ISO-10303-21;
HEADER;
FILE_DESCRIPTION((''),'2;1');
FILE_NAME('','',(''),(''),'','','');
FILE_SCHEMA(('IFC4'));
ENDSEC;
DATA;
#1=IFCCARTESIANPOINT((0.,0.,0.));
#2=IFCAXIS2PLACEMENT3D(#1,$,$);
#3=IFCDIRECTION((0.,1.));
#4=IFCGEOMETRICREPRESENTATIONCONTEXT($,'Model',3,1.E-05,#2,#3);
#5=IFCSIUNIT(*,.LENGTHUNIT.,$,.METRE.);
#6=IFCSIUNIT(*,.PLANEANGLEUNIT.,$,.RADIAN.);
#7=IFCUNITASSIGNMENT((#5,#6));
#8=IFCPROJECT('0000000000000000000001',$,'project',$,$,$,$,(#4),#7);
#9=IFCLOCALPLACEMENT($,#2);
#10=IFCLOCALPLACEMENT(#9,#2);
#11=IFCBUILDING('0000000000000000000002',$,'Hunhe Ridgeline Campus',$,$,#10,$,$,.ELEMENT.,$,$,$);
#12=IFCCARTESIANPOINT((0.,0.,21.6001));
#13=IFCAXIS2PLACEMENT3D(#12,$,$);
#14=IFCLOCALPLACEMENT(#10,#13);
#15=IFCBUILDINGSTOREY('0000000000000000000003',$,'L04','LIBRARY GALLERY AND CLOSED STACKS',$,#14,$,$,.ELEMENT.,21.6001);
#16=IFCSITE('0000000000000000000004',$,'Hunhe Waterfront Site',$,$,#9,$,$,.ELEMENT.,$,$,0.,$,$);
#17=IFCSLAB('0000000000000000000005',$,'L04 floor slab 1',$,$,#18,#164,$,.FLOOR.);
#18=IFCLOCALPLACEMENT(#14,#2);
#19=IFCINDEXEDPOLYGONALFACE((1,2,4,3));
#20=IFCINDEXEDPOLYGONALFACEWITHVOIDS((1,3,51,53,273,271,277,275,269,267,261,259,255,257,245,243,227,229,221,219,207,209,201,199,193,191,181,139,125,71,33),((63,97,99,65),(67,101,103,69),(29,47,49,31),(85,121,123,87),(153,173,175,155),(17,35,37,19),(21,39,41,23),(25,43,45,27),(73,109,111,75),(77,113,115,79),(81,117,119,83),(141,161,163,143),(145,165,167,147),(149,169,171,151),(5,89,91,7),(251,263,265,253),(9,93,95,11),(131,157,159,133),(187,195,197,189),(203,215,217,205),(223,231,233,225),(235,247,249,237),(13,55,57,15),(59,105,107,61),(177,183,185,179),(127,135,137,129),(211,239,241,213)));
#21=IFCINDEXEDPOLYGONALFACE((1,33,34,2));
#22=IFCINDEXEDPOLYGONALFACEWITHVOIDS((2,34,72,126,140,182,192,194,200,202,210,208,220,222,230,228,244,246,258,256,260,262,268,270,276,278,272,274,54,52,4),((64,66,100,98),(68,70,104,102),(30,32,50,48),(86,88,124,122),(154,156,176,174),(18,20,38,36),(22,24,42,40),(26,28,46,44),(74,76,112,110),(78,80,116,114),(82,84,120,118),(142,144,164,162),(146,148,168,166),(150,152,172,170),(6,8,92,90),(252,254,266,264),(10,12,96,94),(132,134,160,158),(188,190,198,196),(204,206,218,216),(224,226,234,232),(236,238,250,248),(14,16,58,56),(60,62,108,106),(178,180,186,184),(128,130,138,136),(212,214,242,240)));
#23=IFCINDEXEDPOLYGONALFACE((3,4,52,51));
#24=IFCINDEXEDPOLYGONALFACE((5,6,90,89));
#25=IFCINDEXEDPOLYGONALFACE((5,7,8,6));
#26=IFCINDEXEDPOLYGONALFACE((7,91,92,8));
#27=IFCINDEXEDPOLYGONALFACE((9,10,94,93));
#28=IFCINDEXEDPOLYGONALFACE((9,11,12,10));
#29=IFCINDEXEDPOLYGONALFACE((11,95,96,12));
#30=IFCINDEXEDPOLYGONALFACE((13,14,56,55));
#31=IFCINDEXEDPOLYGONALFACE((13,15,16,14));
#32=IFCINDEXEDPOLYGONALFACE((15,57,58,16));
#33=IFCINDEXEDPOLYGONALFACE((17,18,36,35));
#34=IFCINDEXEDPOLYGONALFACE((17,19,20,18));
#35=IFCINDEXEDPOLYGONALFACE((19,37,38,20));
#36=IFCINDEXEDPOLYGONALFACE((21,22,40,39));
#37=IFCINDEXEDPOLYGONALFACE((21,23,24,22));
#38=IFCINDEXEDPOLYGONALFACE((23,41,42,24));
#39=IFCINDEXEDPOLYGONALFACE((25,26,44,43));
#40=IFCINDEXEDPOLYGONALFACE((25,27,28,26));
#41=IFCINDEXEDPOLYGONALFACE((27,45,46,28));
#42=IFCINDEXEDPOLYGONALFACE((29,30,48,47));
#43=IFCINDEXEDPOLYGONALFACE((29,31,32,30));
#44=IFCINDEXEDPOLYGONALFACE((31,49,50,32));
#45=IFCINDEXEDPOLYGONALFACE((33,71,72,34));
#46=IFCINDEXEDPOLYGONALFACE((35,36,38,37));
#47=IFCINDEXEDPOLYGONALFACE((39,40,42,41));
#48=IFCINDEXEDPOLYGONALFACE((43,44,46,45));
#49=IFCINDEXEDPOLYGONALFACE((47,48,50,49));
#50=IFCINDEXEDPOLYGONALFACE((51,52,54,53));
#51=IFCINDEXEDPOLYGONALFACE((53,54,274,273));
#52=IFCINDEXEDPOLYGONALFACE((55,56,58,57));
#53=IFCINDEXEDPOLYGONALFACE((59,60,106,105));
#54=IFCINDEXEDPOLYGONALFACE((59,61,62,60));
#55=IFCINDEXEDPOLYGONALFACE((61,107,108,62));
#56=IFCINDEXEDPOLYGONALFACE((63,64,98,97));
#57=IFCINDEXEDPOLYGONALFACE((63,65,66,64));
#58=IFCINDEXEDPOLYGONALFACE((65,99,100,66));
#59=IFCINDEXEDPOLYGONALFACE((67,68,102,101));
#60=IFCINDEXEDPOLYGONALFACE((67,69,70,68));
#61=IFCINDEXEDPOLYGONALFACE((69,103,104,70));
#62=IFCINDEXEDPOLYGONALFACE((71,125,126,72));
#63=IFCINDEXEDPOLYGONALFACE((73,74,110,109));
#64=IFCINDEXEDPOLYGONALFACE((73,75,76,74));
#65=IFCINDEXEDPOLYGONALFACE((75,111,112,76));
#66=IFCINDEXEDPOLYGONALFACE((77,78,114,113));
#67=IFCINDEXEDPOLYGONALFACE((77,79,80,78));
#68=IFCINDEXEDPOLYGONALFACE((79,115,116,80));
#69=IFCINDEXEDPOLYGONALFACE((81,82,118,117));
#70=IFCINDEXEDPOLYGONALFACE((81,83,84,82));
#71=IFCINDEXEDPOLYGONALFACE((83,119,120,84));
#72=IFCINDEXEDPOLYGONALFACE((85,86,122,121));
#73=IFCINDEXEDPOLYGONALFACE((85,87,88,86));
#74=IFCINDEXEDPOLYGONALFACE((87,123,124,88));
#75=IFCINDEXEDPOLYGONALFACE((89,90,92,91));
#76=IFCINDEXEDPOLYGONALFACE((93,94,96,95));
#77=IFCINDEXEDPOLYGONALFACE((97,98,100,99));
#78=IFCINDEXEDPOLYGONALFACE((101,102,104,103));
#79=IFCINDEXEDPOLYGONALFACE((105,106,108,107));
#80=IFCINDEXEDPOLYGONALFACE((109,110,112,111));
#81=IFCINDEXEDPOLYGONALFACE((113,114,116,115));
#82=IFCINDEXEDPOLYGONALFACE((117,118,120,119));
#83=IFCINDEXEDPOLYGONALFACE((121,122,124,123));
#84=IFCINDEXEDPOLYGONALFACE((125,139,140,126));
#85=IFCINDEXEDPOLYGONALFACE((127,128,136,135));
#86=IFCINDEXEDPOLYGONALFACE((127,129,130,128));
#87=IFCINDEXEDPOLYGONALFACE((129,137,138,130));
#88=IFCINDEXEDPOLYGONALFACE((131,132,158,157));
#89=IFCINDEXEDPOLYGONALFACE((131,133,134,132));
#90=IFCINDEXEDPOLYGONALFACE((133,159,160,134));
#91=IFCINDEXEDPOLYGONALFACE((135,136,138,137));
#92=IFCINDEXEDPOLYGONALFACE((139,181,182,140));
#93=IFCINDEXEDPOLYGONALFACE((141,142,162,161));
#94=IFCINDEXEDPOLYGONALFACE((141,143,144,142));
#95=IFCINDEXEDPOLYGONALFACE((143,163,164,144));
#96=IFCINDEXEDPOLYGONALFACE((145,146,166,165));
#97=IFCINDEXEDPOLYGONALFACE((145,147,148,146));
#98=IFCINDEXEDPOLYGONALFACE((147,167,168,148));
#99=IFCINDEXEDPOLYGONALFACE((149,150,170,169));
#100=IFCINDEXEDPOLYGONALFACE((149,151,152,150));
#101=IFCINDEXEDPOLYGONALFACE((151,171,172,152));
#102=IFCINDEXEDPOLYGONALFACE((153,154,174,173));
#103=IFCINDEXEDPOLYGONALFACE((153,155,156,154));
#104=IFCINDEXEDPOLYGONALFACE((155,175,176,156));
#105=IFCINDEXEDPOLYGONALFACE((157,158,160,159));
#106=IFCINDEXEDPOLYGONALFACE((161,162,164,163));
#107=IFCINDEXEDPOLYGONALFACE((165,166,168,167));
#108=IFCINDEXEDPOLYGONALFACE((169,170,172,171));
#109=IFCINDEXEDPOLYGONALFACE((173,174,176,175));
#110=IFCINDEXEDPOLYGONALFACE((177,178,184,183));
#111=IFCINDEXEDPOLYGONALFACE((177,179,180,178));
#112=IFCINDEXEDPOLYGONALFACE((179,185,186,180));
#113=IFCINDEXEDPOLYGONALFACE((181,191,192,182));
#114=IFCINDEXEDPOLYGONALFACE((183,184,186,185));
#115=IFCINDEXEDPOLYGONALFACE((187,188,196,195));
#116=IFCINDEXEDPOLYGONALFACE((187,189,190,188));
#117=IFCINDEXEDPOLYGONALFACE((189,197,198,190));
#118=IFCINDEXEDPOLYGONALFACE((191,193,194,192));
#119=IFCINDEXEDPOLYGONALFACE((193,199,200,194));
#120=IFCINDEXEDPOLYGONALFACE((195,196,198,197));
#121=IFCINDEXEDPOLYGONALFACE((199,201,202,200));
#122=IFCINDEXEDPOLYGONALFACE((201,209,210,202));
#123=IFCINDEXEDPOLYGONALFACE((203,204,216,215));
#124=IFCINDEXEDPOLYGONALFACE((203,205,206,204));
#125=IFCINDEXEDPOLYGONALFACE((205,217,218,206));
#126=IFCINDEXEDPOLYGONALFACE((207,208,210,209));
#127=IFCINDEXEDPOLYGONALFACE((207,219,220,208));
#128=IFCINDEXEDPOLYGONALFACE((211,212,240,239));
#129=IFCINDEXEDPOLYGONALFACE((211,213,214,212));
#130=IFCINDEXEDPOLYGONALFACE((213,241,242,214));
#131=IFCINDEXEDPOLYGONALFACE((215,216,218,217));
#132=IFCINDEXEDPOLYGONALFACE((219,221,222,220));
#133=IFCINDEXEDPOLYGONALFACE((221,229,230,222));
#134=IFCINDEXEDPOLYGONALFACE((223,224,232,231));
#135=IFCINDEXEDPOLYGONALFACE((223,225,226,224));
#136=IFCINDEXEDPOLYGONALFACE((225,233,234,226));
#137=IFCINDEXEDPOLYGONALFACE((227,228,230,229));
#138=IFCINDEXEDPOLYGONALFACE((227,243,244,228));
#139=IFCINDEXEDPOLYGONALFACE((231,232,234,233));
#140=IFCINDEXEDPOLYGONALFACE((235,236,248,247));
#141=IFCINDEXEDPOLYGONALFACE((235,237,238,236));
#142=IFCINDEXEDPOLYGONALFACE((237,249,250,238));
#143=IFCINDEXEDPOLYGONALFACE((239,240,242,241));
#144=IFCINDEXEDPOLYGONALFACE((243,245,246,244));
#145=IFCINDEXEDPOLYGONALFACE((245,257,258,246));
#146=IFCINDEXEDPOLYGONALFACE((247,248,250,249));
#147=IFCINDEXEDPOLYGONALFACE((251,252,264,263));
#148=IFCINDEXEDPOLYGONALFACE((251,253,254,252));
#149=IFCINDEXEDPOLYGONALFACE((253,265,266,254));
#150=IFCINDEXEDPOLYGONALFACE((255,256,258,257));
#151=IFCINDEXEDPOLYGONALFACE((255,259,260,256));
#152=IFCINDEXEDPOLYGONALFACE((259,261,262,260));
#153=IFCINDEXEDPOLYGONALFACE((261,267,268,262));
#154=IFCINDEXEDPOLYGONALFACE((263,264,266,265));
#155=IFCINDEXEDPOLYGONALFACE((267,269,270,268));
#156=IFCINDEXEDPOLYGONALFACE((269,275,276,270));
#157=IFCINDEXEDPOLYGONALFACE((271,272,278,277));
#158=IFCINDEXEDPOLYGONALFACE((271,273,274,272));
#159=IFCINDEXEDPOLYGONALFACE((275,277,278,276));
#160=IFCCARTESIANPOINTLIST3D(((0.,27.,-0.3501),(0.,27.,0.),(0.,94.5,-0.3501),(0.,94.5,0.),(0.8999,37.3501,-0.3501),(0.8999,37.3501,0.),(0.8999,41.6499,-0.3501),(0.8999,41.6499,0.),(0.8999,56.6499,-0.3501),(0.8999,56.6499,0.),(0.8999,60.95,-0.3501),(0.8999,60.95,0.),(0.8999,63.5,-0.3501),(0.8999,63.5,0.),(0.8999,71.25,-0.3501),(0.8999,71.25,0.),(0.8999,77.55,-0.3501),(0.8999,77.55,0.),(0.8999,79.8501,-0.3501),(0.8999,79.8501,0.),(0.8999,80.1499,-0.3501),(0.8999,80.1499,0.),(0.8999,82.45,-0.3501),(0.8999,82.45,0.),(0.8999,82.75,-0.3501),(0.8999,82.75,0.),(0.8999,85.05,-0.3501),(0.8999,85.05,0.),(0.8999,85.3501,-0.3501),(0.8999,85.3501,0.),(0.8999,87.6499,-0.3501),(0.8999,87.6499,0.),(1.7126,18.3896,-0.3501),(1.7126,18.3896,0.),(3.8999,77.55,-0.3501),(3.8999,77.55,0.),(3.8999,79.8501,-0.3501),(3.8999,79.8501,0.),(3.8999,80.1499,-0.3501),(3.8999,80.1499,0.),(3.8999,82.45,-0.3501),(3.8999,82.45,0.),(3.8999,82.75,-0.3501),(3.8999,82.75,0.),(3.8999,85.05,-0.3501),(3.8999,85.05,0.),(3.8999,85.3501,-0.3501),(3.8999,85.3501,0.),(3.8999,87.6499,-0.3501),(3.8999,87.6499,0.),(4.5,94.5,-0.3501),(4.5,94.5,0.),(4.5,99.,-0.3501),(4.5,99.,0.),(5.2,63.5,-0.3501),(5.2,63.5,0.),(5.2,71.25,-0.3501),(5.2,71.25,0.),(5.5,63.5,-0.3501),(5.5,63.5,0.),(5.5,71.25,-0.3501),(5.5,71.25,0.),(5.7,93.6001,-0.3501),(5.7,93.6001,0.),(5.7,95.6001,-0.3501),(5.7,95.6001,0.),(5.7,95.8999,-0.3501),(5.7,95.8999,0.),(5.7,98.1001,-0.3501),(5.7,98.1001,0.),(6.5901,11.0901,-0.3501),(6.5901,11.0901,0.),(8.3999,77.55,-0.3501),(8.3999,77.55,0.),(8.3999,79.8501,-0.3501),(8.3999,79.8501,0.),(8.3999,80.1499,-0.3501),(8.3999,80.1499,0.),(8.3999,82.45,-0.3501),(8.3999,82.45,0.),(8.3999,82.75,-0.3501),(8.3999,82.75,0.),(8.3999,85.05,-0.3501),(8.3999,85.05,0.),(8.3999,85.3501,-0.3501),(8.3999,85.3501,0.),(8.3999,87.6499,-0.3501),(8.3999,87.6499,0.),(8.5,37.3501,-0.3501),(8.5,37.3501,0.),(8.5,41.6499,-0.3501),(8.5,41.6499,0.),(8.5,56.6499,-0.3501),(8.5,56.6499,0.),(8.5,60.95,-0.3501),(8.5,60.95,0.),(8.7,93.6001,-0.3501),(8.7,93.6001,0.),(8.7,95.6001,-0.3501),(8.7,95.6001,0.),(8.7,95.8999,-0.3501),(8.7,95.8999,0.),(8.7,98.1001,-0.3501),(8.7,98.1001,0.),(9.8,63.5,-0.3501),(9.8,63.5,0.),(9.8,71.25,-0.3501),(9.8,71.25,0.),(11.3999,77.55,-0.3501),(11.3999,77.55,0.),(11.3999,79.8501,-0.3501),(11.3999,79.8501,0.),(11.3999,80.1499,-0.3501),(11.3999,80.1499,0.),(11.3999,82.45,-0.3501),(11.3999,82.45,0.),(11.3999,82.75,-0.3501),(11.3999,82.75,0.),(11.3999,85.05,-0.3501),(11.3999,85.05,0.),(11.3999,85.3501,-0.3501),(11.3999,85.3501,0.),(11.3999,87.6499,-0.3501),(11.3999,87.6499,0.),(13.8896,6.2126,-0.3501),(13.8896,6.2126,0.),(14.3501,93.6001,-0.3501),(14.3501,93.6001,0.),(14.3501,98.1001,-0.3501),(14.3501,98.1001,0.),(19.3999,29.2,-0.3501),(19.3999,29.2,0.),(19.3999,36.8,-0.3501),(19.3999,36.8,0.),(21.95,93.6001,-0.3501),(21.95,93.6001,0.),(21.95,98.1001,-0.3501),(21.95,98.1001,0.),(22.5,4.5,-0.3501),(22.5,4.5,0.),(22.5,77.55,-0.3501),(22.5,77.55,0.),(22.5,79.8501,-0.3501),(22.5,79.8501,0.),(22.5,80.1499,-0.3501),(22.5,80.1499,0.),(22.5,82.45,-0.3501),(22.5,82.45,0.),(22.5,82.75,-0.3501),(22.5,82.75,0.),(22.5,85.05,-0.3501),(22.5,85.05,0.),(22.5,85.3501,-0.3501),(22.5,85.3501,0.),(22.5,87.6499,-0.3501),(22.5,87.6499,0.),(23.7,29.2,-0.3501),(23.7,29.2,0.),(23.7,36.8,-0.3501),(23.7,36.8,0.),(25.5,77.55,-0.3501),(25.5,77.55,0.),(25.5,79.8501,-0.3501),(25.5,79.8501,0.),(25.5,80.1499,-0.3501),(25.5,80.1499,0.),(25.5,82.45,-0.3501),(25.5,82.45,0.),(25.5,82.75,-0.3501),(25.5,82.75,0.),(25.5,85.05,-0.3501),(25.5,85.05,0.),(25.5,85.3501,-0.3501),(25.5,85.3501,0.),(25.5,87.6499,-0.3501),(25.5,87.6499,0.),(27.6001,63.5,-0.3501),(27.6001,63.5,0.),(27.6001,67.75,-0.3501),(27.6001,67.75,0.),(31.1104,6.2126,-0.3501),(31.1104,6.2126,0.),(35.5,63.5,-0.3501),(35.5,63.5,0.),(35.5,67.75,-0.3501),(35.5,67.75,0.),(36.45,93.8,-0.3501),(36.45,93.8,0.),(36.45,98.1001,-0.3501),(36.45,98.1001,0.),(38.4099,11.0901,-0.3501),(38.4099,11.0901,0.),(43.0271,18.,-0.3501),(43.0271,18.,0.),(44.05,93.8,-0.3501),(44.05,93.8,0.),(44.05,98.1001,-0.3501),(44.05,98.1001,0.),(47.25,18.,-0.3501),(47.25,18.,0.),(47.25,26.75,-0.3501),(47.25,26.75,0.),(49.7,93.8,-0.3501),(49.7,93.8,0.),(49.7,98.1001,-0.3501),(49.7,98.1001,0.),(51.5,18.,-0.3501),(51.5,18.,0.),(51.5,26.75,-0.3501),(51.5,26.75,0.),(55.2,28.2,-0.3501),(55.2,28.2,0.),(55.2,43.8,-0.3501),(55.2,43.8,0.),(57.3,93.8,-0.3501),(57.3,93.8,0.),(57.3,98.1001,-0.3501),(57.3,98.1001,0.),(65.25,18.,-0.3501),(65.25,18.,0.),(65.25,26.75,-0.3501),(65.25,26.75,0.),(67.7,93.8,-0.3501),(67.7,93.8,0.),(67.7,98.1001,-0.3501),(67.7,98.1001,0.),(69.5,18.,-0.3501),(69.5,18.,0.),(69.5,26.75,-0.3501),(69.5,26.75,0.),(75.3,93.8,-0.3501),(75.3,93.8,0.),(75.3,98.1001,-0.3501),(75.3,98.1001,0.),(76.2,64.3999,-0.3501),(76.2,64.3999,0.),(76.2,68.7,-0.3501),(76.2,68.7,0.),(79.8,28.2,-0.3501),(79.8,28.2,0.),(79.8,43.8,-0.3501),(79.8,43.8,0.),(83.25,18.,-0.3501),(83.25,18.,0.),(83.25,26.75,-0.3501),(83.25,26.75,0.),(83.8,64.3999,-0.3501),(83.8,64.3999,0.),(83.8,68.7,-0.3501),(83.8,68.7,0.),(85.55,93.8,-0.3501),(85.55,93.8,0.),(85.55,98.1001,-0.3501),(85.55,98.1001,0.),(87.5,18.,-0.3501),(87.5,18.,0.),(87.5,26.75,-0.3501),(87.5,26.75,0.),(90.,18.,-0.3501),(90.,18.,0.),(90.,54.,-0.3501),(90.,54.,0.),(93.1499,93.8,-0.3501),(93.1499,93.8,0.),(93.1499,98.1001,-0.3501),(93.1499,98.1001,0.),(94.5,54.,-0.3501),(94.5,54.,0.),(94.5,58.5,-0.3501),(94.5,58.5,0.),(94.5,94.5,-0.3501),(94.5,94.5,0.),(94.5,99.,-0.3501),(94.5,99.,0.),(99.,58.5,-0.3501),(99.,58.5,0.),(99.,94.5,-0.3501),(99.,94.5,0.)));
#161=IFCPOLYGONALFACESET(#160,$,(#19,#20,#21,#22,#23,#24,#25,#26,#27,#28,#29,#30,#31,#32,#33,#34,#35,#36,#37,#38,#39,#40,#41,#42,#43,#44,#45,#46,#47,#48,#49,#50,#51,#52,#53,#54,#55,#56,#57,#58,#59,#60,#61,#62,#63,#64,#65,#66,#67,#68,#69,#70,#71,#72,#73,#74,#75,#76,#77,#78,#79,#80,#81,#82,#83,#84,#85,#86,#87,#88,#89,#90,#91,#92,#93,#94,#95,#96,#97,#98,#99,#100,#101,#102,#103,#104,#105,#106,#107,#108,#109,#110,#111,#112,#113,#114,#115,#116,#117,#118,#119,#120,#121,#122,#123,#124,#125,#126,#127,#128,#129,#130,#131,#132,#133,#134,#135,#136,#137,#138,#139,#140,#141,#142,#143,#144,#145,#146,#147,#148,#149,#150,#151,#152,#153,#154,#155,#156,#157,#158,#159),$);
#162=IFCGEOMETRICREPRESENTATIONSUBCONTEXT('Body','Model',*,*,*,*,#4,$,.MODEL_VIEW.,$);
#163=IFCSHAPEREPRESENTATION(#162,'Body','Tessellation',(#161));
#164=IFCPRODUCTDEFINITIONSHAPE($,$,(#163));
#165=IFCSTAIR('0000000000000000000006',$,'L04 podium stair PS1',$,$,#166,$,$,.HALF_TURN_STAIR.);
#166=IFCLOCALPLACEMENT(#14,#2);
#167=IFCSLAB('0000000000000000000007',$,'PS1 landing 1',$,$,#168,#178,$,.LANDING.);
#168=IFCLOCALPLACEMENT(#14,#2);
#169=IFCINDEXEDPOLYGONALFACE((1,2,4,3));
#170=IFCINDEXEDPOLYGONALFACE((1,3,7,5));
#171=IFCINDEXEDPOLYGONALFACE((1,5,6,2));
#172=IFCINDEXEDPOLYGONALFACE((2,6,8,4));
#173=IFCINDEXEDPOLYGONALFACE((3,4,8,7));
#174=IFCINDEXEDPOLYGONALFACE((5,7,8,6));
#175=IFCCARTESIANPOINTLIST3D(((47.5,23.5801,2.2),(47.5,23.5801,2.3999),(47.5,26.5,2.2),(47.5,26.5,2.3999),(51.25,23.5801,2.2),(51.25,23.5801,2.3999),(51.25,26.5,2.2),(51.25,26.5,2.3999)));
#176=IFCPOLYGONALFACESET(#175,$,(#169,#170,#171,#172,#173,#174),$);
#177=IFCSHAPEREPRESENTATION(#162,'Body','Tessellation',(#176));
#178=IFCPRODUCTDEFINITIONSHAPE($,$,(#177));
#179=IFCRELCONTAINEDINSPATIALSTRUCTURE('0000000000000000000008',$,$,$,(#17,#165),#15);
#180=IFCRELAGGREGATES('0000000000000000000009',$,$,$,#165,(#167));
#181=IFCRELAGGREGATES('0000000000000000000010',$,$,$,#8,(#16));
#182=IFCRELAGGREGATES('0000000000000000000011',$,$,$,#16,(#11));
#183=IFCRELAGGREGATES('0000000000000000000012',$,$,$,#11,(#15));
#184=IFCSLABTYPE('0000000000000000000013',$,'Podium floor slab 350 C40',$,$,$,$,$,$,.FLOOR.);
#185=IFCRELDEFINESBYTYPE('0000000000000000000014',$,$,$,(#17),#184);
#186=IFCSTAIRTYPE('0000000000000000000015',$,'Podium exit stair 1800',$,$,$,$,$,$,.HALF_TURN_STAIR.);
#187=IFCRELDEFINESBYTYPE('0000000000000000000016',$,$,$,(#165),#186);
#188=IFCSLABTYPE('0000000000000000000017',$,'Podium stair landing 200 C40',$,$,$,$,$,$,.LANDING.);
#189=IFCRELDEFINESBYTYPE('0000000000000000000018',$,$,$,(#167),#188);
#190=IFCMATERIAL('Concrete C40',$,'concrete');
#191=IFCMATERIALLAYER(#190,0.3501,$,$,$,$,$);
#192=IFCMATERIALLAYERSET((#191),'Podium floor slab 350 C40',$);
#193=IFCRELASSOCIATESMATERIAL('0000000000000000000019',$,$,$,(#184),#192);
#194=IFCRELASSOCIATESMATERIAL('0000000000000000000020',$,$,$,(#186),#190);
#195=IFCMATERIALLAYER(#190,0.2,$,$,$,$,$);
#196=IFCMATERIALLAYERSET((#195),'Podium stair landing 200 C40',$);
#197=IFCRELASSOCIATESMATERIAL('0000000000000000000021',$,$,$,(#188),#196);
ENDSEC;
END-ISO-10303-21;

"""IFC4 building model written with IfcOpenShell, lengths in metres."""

from ifc_helpers import new_model, si_unit, direction, frame, origin, place, context, subcontext, project, spatial, polyline, outline, extrude, material, layer, layer_set, type_object, element, aggregate, save


model = new_model("IFC4")

# Units and contexts
model_context = context("Model", 3, precision=1e-05, world=origin(), true_north=direction((0.0, 1.0)))
body_context = subcontext(model_context, "Body", "Model", "MODEL_VIEW")
ifc_project = project(units=[si_unit("LENGTHUNIT", "METRE"), si_unit("PLANEANGLEUNIT", "RADIAN")], contexts=[model_context])

# Site, building, storey
site_placement = place(None, origin())
site = spatial("IfcSite", under=ifc_project, at=site_placement, Name="Hunhe Waterfront Site", CompositionType="ELEMENT", RefElevation=0.0)
building_placement = place(site_placement, origin())
building = spatial("IfcBuilding", under=site, at=building_placement, Name="Hunhe Ridgeline Campus", CompositionType="ELEMENT")
storey_placement = place(building_placement, frame((0.0, 0.0, 21.6001)))
storey = spatial("IfcBuildingStorey", under=building, at=storey_placement, Name="L04", Description="LIBRARY GALLERY AND CLOSED STACKS", CompositionType="ELEMENT", Elevation=21.6001)

# Slab
ifc_material_1 = material(Name="Concrete C40", Category="concrete")
ifc_layer_1 = layer(ifc_material_1, 0.3501)
ifc_layer_set_1 = layer_set([ifc_layer_1], Name="Podium floor slab 350 C40")
slab_type_1 = type_object("IfcSlabType", Name="Podium floor slab 350 C40", PredefinedType="FLOOR", material=ifc_layer_set_1)
slab_1_placement = place(storey_placement, frame((0.0, 0.0, -0.3501)))
element("IfcSlab", 1, at=slab_1_placement, inside=storey, type_object=slab_type_1, Name="L04 floor slab 1", PredefinedType="FLOOR", context=body_context, shape_type="SweptSolid", body=[
    extrude(outline(polyline([(90.0, 18.0), (90.0, 54.0), (94.5, 54.0), (94.5, 58.5), (99.0, 58.5), (99.0, 94.5), (94.5, 94.5), (94.5, 99.0), (4.5, 99.0), (4.5, 94.5), (0.0, 94.5), (0.0, 27.0), (1.7126, 18.3896), (6.5901, 11.0901), (13.8896, 6.2126), (22.5, 4.5), (31.1104, 6.2126), (38.4099, 11.0901), (43.0271, 18.0), (47.25, 18.0), (47.25, 26.75), (51.5, 26.75), (51.5, 18.0), (65.25, 18.0), (65.25, 26.75), (69.5, 26.75), (69.5, 18.0), (83.25, 18.0), (83.25, 26.75), (87.5, 26.75), (87.5, 18.0), (90.0, 18.0)]), holes=[polyline([(0.8999, 41.6499), (0.8999, 37.3501), (8.5, 37.3501), (8.5, 41.6499), (0.8999, 41.6499)]), polyline([(8.5, 60.95), (0.8999, 60.95), (0.8999, 56.6499), (8.5, 56.6499), (8.5, 60.95)]), polyline([(5.2, 63.5), (5.2, 71.25), (0.8999, 71.25), (0.8999, 63.5), (5.2, 63.5)]), polyline([(9.8, 63.5), (9.8, 71.25), (5.5, 71.25), (5.5, 63.5), (9.8, 63.5)]), polyline([(0.8999, 77.55), (3.8999, 77.55), (3.8999, 79.8501), (0.8999, 79.8501), (0.8999, 77.55)]), polyline([(8.3999, 77.55), (11.3999, 77.55), (11.3999, 79.8501), (8.3999, 79.8501), (8.3999, 77.55)]), polyline([(0.8999, 80.1499), (3.8999, 80.1499), (3.8999, 82.45), (0.8999, 82.45), (0.8999, 80.1499)]), polyline([(8.3999, 80.1499), (11.3999, 80.1499), (11.3999, 82.45), (8.3999, 82.45), (8.3999, 80.1499)]), polyline([(0.8999, 82.75), (3.8999, 82.75), (3.8999, 85.05), (0.8999, 85.05), (0.8999, 82.75)]), polyline([(8.3999, 82.75), (11.3999, 82.75), (11.3999, 85.05), (8.3999, 85.05), (8.3999, 82.75)]), polyline([(0.8999, 85.3501), (3.8999, 85.3501), (3.8999, 87.6499), (0.8999, 87.6499), (0.8999, 85.3501)]), polyline([(8.3999, 85.3501), (11.3999, 85.3501), (11.3999, 87.6499), (8.3999, 87.6499), (8.3999, 85.3501)]), polyline([(5.7, 93.6001), (8.7, 93.6001), (8.7, 95.6001), (5.7, 95.6001), (5.7, 93.6001)]), polyline([(14.3501, 93.6001), (21.95, 93.6001), (21.95, 98.1001), (14.3501, 98.1001), (14.3501, 93.6001)]), polyline([(5.7, 95.8999), (8.7, 95.8999), (8.7, 98.1001), (5.7, 98.1001), (5.7, 95.8999)]), polyline([(23.7, 29.2), (23.7, 36.8), (19.3999, 36.8), (19.3999, 29.2), (23.7, 29.2)]), polyline([(55.2, 28.2), (79.8, 28.2), (79.8, 43.8), (55.2, 43.8), (55.2, 28.2)]), polyline([(35.5, 67.75), (27.6001, 67.75), (27.6001, 63.5), (35.5, 63.5), (35.5, 67.75)]), polyline([(76.2, 64.3999), (83.8, 64.3999), (83.8, 68.7), (76.2, 68.7), (76.2, 64.3999)]), polyline([(22.5, 77.55), (25.5, 77.55), (25.5, 79.8501), (22.5, 79.8501), (22.5, 77.55)]), polyline([(22.5, 80.1499), (25.5, 80.1499), (25.5, 82.45), (22.5, 82.45), (22.5, 80.1499)]), polyline([(22.5, 82.75), (25.5, 82.75), (25.5, 85.05), (22.5, 85.05), (22.5, 82.75)]), polyline([(22.5, 85.3501), (25.5, 85.3501), (25.5, 87.6499), (22.5, 87.6499), (22.5, 85.3501)]), polyline([(36.45, 93.8), (44.05, 93.8), (44.05, 98.1001), (36.45, 98.1001), (36.45, 93.8)]), polyline([(49.7, 93.8), (57.3, 93.8), (57.3, 98.1001), (49.7, 98.1001), (49.7, 93.8)]), polyline([(67.7, 93.8), (75.3, 93.8), (75.3, 98.1001), (67.7, 98.1001), (67.7, 93.8)]), polyline([(85.55, 93.8), (93.1499, 93.8), (93.1499, 98.1001), (85.55, 98.1001), (85.55, 93.8)])]), origin(), (0.0, 0.0, 1.0), 0.3501),
])

# Stair, slab
stair_type = type_object("IfcStairType", Name="Podium exit stair 1800", PredefinedType="HALF_TURN_STAIR", material=ifc_material_1)
stair_1_placement = place(storey_placement, origin())
stair_1 = element("IfcStair", 2, at=stair_1_placement, inside=storey, type_object=stair_type, Name="L04 podium stair PS1", PredefinedType="HALF_TURN_STAIR")
ifc_layer_2 = layer(ifc_material_1, 0.2)
ifc_layer_set_2 = layer_set([ifc_layer_2], Name="Podium stair landing 200 C40")
slab_type_2 = type_object("IfcSlabType", Name="Podium stair landing 200 C40", PredefinedType="LANDING", material=ifc_layer_set_2)
slab_2_placement = place(storey_placement, frame((0.0, 0.0, 2.2)))
slab_2 = element("IfcSlab", 3, at=slab_2_placement, type_object=slab_type_2, Name="PS1 landing 1", PredefinedType="LANDING", context=body_context, shape_type="SweptSolid", body=[
    extrude(outline(polyline([(51.25, 23.5801), (51.25, 26.5), (47.5, 26.5), (47.5, 23.5801), (51.25, 23.5801)])), origin(), (0.0, 0.0, 1.0), 0.2),
])
aggregate(stair_1, [slab_2])

save(model, "model.ifc")
